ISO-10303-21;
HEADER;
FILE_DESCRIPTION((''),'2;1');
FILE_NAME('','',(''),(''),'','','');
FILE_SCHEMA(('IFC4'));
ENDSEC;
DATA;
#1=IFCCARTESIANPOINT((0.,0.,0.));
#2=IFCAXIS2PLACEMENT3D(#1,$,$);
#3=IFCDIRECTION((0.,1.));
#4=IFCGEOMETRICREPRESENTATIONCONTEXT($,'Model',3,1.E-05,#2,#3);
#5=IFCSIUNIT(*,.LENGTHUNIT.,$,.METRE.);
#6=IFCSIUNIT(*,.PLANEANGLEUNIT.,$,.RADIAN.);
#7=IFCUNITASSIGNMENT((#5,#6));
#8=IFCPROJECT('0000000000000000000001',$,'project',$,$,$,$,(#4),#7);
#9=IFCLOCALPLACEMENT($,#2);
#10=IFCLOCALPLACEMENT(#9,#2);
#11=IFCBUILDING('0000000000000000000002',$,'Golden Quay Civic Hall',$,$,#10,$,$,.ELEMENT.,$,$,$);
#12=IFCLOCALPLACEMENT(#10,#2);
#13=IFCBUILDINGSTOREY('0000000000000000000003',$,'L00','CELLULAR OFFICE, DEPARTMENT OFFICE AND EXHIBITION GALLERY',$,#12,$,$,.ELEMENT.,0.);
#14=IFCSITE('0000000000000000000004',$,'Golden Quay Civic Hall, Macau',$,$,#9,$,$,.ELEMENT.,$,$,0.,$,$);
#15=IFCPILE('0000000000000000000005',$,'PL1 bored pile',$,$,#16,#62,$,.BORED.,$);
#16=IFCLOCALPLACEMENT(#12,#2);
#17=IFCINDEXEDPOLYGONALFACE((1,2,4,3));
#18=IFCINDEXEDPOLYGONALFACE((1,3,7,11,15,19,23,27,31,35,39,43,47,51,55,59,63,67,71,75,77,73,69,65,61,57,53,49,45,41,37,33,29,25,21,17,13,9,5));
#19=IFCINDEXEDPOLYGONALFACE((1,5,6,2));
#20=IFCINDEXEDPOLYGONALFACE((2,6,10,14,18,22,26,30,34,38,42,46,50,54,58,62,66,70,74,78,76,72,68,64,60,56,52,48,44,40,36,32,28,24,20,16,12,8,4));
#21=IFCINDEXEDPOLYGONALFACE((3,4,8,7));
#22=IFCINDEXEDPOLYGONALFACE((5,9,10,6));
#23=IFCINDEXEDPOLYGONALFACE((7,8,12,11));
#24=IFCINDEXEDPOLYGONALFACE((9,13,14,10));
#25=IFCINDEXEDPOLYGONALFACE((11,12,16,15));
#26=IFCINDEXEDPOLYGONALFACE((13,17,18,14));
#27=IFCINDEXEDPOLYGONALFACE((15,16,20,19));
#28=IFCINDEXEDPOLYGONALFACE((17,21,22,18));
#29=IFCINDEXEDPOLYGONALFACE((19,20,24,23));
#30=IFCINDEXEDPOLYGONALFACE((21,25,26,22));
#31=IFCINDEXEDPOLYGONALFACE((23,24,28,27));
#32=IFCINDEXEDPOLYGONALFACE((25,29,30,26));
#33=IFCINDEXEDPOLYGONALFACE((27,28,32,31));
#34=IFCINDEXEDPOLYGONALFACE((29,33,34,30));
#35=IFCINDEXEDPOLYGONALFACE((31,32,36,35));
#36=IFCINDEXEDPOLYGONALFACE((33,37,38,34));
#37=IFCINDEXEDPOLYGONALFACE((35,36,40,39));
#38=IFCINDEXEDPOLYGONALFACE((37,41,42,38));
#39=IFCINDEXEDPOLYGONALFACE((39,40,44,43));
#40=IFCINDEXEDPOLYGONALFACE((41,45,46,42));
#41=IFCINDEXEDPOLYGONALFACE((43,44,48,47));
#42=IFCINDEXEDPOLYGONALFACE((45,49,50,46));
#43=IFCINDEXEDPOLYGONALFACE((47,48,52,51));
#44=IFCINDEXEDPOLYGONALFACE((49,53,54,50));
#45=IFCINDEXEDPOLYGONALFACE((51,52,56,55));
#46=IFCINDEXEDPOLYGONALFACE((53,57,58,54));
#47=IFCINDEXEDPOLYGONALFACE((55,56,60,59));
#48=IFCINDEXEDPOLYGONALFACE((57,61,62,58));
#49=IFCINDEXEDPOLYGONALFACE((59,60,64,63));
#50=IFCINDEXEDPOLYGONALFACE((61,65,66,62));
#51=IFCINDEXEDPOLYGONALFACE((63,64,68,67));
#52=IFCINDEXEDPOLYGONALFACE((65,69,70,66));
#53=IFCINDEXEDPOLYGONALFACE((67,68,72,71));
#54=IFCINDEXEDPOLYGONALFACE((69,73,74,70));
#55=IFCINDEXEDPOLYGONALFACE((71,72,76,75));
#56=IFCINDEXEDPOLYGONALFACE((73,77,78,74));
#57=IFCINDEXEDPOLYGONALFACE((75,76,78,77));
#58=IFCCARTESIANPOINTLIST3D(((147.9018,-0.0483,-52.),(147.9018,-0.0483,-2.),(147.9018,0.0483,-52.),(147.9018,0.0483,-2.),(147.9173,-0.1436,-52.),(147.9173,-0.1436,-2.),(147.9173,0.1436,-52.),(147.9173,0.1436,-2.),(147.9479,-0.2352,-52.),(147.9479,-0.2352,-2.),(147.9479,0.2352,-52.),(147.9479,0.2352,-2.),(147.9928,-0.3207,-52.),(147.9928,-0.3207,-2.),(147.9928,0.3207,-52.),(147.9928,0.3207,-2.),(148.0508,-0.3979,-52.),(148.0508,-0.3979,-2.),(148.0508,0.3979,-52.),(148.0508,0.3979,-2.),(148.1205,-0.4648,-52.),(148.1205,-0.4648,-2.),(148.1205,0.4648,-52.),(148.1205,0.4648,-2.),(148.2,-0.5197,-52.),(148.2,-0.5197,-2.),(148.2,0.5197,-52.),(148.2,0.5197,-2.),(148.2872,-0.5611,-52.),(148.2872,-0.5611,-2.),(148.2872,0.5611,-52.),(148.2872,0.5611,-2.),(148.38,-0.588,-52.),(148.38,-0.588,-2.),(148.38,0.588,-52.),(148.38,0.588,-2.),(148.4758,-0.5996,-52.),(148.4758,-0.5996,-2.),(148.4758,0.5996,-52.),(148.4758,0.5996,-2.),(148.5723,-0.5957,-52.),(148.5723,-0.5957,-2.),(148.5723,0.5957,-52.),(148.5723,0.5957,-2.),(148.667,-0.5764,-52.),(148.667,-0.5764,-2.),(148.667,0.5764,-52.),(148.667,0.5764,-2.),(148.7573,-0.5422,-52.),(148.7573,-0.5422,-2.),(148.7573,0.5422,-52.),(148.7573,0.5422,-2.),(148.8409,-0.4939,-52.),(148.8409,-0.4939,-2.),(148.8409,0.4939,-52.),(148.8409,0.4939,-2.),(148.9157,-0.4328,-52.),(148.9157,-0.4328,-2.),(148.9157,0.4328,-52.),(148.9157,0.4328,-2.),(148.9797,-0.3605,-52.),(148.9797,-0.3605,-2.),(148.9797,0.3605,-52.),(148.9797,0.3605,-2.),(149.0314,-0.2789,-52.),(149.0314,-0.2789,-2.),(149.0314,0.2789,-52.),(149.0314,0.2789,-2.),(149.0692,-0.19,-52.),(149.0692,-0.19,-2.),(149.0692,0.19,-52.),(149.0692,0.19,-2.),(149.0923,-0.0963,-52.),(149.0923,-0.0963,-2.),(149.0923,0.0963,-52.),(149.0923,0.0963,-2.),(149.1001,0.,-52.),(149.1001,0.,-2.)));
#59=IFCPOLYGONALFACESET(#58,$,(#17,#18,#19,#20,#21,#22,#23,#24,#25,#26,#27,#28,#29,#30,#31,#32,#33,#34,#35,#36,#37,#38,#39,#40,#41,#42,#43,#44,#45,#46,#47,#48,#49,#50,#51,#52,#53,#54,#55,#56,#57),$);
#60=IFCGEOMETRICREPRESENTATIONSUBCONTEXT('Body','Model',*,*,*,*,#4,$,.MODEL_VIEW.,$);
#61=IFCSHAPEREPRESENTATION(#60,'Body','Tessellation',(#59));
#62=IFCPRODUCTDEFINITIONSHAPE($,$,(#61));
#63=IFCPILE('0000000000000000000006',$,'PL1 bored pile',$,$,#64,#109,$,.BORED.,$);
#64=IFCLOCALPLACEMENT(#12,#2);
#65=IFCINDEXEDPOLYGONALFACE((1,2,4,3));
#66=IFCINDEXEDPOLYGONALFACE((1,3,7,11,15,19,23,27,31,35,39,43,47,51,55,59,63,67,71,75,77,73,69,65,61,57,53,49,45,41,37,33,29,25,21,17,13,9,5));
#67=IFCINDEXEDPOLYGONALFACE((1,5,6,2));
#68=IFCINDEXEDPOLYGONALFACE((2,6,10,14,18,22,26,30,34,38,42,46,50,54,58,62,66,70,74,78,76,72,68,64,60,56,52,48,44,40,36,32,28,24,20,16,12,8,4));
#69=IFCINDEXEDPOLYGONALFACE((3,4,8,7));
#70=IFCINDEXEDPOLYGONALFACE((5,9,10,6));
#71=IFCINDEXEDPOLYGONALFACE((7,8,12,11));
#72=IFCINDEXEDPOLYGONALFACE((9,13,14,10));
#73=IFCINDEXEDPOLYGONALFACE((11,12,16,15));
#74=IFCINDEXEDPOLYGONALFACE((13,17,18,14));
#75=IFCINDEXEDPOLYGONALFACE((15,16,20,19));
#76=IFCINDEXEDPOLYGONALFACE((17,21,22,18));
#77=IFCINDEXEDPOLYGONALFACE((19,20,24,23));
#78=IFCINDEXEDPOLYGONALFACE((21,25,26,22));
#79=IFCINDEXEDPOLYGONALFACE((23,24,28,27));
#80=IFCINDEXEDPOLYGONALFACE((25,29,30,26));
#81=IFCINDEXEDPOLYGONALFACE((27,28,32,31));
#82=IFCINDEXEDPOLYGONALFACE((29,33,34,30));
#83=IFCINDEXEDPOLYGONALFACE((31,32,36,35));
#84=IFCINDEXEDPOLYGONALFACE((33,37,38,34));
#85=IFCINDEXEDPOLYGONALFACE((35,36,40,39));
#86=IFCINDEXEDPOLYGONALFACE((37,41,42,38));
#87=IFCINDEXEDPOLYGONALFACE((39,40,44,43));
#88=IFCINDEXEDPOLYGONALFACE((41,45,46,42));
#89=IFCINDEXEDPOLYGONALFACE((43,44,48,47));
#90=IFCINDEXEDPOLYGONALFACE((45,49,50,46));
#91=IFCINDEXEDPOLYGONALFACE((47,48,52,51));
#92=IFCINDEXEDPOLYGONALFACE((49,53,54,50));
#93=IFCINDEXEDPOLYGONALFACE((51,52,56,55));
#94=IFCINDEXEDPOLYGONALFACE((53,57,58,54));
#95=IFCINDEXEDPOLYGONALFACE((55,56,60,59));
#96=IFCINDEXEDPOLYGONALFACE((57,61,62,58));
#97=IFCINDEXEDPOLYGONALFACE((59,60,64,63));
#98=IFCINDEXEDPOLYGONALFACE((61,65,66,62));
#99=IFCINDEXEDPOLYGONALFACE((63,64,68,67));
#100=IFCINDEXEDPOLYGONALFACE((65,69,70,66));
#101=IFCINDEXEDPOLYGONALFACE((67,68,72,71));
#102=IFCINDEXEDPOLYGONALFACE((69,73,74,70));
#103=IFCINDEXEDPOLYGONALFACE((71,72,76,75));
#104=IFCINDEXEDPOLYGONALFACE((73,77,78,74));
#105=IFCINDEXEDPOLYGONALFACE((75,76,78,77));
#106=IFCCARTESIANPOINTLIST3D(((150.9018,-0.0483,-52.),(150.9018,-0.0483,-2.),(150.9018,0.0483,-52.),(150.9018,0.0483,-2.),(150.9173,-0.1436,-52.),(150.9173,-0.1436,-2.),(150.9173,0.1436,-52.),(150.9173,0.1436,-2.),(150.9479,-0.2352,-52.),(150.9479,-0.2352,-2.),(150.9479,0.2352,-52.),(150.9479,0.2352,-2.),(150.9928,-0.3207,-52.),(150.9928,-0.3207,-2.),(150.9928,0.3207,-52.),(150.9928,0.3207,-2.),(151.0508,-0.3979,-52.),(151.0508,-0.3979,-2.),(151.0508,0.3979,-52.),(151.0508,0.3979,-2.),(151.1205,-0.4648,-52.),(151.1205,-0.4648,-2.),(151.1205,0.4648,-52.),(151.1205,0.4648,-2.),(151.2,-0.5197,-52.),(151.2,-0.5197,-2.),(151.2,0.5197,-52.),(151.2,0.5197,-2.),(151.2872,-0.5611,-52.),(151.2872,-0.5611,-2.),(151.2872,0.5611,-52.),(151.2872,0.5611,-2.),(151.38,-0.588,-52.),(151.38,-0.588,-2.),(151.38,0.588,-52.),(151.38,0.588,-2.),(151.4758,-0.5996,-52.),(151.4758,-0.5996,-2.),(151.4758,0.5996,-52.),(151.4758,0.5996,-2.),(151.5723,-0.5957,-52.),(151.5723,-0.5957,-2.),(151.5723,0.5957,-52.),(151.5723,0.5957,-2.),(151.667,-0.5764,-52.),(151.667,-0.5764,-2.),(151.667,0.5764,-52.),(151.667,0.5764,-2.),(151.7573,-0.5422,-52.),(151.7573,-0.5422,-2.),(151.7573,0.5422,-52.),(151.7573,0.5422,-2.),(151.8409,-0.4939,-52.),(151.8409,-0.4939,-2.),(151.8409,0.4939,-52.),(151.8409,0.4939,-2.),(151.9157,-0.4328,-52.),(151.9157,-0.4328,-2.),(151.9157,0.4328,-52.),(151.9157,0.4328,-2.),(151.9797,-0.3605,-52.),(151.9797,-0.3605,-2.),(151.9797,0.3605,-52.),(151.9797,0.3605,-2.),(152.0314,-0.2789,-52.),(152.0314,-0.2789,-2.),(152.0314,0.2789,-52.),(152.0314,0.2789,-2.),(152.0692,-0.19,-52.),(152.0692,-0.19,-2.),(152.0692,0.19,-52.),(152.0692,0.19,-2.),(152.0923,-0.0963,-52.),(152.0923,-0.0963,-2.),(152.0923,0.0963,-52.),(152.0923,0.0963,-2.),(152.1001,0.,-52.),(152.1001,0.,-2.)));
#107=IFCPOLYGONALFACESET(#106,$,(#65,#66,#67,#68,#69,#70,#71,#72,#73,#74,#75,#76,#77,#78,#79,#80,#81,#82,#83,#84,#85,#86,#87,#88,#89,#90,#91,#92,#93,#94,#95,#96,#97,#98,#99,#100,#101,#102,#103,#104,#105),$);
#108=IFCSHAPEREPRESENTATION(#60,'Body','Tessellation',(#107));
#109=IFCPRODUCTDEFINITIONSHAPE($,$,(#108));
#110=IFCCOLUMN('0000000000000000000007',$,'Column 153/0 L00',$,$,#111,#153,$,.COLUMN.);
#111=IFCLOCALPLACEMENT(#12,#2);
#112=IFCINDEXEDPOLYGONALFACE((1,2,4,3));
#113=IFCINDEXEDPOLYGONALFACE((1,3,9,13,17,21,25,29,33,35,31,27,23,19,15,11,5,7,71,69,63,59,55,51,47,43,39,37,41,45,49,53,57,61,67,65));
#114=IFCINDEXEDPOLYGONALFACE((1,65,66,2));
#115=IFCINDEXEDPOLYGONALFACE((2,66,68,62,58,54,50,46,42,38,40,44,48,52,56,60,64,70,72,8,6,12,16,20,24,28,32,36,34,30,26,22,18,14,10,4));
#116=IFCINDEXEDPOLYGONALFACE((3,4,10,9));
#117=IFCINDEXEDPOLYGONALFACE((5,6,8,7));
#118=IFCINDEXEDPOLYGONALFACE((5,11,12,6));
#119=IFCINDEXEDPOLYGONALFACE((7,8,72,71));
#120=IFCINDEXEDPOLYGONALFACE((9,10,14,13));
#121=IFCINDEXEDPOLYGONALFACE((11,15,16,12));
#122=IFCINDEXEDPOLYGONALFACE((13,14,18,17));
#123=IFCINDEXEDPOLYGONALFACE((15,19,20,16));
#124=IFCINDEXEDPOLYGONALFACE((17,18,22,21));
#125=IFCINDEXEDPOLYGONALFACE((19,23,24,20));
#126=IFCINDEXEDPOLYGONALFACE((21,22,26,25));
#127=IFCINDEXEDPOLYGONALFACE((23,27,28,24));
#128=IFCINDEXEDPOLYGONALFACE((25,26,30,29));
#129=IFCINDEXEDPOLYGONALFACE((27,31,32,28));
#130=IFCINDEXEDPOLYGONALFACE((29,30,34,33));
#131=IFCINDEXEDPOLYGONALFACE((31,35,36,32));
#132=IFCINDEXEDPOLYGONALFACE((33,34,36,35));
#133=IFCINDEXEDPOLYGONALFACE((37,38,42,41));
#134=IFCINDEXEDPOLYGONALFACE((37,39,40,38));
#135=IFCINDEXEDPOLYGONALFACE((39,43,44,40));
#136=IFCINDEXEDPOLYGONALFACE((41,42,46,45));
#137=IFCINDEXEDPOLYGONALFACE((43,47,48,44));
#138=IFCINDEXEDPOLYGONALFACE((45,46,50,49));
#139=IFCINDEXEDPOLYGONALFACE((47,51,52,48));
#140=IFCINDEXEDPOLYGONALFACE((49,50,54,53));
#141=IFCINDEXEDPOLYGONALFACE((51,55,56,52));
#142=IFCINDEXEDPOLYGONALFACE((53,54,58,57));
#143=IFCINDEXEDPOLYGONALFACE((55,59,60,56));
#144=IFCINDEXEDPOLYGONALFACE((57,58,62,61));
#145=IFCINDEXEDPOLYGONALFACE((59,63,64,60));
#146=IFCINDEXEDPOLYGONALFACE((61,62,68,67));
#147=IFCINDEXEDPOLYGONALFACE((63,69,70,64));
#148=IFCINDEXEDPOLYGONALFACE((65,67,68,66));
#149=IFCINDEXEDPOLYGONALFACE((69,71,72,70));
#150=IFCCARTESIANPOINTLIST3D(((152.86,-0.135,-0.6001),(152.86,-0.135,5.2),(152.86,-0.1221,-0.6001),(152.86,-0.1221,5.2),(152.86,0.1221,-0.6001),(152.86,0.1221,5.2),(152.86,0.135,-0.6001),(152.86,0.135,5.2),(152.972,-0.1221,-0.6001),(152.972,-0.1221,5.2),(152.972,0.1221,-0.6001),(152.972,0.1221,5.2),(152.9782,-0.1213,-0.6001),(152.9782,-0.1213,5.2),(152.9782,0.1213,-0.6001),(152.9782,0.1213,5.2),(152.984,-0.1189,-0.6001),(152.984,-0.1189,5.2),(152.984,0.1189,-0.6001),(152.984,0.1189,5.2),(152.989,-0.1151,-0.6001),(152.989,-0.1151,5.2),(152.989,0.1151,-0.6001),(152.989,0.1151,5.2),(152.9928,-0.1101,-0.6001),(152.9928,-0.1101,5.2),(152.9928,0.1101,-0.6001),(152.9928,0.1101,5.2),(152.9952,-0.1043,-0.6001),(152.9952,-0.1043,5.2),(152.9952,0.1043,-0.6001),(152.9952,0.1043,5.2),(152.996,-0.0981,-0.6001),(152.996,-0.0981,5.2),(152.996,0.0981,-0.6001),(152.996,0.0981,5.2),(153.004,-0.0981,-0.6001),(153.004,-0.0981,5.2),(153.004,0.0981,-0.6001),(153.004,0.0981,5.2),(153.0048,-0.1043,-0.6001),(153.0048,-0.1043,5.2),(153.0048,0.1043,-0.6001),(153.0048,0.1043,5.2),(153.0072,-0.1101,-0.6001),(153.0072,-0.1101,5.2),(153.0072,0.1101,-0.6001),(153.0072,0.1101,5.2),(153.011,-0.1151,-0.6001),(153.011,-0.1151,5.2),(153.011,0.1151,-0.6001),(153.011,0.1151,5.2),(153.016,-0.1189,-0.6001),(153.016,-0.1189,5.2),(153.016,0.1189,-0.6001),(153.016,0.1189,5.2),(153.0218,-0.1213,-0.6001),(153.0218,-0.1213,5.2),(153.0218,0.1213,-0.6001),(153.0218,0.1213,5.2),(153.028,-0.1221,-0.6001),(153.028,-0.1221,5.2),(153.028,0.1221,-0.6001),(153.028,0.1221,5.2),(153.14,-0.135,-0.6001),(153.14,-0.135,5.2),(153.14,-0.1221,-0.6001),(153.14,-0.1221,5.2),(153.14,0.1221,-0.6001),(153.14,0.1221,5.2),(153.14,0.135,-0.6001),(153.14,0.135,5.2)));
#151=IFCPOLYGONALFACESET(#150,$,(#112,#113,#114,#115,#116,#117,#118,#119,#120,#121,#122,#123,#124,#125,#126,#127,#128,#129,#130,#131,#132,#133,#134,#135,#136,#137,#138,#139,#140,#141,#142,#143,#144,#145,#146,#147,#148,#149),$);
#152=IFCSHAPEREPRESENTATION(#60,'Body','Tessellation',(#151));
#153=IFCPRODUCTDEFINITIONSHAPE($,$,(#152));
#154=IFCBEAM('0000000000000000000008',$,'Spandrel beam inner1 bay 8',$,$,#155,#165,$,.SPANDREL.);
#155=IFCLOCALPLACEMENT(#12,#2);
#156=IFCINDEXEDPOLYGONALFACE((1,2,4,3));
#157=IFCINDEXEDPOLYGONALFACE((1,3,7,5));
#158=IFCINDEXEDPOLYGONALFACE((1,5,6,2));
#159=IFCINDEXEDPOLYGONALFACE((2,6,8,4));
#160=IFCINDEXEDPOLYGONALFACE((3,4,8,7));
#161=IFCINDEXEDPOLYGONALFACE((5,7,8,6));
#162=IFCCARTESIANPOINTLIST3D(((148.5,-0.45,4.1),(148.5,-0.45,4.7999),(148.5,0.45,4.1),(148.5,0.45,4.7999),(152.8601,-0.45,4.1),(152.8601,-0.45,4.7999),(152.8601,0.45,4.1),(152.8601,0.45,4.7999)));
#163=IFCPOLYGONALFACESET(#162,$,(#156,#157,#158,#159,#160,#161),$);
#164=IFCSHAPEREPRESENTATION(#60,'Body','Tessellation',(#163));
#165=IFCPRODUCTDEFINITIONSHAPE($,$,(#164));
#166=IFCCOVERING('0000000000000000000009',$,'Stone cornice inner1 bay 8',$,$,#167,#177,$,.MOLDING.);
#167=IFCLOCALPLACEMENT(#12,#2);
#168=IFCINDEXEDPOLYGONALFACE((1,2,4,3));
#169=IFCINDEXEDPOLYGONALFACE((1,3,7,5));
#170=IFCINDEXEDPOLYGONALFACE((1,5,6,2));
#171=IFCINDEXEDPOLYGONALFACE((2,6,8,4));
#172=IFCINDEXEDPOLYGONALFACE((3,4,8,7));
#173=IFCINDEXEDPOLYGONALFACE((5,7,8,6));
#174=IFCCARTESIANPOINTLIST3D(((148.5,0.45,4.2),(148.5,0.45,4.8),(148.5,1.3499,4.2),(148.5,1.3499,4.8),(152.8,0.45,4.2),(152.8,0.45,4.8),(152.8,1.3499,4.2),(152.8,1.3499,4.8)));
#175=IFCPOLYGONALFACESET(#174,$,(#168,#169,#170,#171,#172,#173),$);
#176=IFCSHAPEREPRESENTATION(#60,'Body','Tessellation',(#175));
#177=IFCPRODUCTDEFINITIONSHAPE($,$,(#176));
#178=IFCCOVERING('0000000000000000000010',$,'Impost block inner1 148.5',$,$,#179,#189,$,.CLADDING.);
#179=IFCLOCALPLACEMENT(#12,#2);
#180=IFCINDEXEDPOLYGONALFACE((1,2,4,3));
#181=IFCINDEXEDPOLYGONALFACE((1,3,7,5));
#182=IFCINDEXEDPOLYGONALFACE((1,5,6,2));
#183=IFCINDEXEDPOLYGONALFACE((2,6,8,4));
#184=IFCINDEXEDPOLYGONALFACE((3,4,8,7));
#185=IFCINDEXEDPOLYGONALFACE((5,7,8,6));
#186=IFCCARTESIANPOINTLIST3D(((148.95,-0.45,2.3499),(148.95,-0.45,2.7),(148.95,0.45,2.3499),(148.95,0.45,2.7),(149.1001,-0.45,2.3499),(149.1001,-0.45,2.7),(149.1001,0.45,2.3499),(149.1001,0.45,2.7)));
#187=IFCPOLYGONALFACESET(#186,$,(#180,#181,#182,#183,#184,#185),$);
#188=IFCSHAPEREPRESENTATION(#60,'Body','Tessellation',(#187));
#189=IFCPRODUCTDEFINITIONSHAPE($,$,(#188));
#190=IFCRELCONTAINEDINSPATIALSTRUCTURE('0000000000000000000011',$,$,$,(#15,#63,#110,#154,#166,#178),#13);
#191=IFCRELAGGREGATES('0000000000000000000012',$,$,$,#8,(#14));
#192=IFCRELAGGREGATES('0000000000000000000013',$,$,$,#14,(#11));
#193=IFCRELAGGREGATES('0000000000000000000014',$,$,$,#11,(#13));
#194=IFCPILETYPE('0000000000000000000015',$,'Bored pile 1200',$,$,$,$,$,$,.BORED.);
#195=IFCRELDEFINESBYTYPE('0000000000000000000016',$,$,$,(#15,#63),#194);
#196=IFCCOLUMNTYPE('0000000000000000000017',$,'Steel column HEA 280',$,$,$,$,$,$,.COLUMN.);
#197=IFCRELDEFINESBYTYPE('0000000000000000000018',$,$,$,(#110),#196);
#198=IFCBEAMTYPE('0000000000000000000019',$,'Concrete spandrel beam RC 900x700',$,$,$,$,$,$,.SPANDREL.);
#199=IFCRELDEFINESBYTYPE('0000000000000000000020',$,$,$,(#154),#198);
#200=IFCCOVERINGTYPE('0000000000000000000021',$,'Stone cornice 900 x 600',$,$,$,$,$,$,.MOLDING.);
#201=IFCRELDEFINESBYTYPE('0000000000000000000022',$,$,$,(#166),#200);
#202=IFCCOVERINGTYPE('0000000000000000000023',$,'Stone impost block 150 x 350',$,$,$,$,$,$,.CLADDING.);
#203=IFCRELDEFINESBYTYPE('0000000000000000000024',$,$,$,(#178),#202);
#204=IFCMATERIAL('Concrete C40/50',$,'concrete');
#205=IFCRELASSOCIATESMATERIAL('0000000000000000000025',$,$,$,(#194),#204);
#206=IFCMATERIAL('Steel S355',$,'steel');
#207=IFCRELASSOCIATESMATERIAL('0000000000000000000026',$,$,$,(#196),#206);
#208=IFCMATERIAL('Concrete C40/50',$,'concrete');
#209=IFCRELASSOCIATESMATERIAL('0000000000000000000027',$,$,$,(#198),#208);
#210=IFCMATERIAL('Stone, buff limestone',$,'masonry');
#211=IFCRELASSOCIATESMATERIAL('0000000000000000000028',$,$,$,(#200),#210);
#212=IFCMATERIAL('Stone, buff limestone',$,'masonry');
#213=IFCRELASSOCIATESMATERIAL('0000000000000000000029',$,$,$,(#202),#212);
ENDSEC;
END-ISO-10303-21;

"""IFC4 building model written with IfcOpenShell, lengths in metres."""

from ifc_helpers import new_model, si_unit, direction, frame, origin, origin_2d, place, context, subcontext, project, spatial, rectangle, circle, i_section, extrude, material, material_profile, profile_set, type_object, element, save


model = new_model("IFC4")

# Units and contexts
model_context = context("Model", 3, precision=1e-05, world=origin(), true_north=direction((0.0, 1.0)))
body_context = subcontext(model_context, "Body", "Model", "MODEL_VIEW")
ifc_project = project(units=[si_unit("LENGTHUNIT", "METRE"), si_unit("PLANEANGLEUNIT", "RADIAN")], contexts=[model_context])

# Site, building, storey
site_placement = place(None, origin())
site = spatial("IfcSite", under=ifc_project, at=site_placement, Name="Golden Quay Civic Hall, Macau", CompositionType="ELEMENT", RefElevation=0.0)
building_placement = place(site_placement, origin())
building = spatial("IfcBuilding", under=site, at=building_placement, Name="Golden Quay Civic Hall", CompositionType="ELEMENT")
storey_placement = place(building_placement, origin())
storey = spatial("IfcBuildingStorey", under=building, at=storey_placement, Name="L00", Description="CELLULAR OFFICE, DEPARTMENT OFFICE AND EXHIBITION GALLERY", CompositionType="ELEMENT", Elevation=0.0)

# Piles
ifc_material_1 = material(Name="Concrete C40/50", Category="concrete")
ifc_material_profile_1 = material_profile(ifc_material_1, circle(Radius=0.6001, at=origin_2d()), Name="RC D1200")
ifc_profile_set_1 = profile_set([ifc_material_profile_1], Name="Concrete C40/50")
pile_type = type_object("IfcPileType", Name="Bored pile 1200", PredefinedType="BORED", material=ifc_profile_set_1)
for number, where, z_axis, x_axis, name in (
    (1, (148.5, 0.0, -2.0), (0.0, 0.0, -1.0), (1.0, 0.0, 0.0), "PL1 bored pile"),
    (2, (151.5, 0.0, -2.0), (0.0, 0.0, -1.0), (1.0, 0.0, 0.0), "PL1 bored pile"),
):
    element("IfcPile", number, at=place(storey_placement, frame(where, z_axis=z_axis, x_axis=x_axis)), inside=storey, type_object=pile_type, Name=name, PredefinedType="BORED", context=body_context, shape_type="SweptSolid", body=[
        extrude(circle(Radius=0.6001, at=origin_2d()), origin(), (0.0, 0.0, 1.0), 50.0),
    ])

# Column
ifc_material_2 = material(Name="Steel S355", Category="steel")
ifc_material_profile_2 = material_profile(ifc_material_2, i_section(OverallWidth=0.28, OverallDepth=0.27, WebThickness=0.0081, FlangeThickness=0.0129, FilletRadius=0.0239, at=origin_2d()), Name="HEA 280")
ifc_profile_set_2 = profile_set([ifc_material_profile_2], Name="Steel S355")
column_type = type_object("IfcColumnType", Name="Steel column HEA 280", PredefinedType="COLUMN", material=ifc_profile_set_2)
column_placement = place(storey_placement, frame((153.0, 0.0, -0.6001), z_axis=(0.0, 0.0, 1.0), x_axis=(1.0, 0.0, 0.0)))
element("IfcColumn", 3, at=column_placement, inside=storey, type_object=column_type, Name="Column 153/0 L00", PredefinedType="COLUMN", context=body_context, shape_type="SweptSolid", body=[
    extrude(i_section(OverallWidth=0.28, OverallDepth=0.27, WebThickness=0.0081, FlangeThickness=0.0129, FilletRadius=0.0239, at=origin_2d()), origin(), (0.0, 0.0, 1.0), 5.8),
])

# Beam
ifc_material_3 = material(Name="Concrete C40/50", Category="concrete")
ifc_material_profile_3 = material_profile(ifc_material_3, rectangle(XDim=0.8999, YDim=0.7, at=origin_2d()), Name="RC 900x700")
ifc_profile_set_3 = profile_set([ifc_material_profile_3], Name="Concrete C40/50")
beam_type = type_object("IfcBeamType", Name="Concrete spandrel beam RC 900x700", PredefinedType="SPANDREL", material=ifc_profile_set_3)
beam_placement = place(storey_placement, frame((148.5, 0.0, 4.45), z_axis=(1.0, 0.0, 0.0), x_axis=(0.0, 1.0, 0.0)))
element("IfcBeam", 4, at=beam_placement, inside=storey, type_object=beam_type, Name="Spandrel beam inner1 bay 8", PredefinedType="SPANDREL", context=body_context, shape_type="SweptSolid", body=[
    extrude(rectangle(XDim=0.8999, YDim=0.7, at=origin_2d()), origin(), (0.0, 0.0, 1.0), 4.3601),
])

# Coverings
ifc_material_4 = material(Name="Stone, buff limestone", Category="masonry")
ifc_material_profile_4 = material_profile(ifc_material_4, rectangle(XDim=0.8999, YDim=0.6001, at=origin_2d()), Name="RC 900x600")
ifc_profile_set_4 = profile_set([ifc_material_profile_4], Name="Stone, buff limestone")
covering_type_1 = type_object("IfcCoveringType", Name="Stone cornice 900 x 600", PredefinedType="MOLDING", material=ifc_profile_set_4)
covering_1_placement = place(storey_placement, frame((148.5, 0.8999, 4.5), z_axis=(1.0, 0.0, 0.0), x_axis=(0.0, 1.0, 0.0)))
element("IfcCovering", 5, at=covering_1_placement, inside=storey, type_object=covering_type_1, Name="Stone cornice inner1 bay 8", PredefinedType="MOLDING", context=body_context, shape_type="SweptSolid", body=[
    extrude(rectangle(XDim=0.8999, YDim=0.6001, at=origin_2d()), origin(), (0.0, 0.0, 1.0), 4.3),
])
ifc_material_5 = material(Name="Stone, buff limestone", Category="masonry")
ifc_material_profile_5 = material_profile(ifc_material_5, rectangle(XDim=0.8999, YDim=0.3501, at=origin_2d()), Name="RC 900x350")
ifc_profile_set_5 = profile_set([ifc_material_profile_5], Name="Stone, buff limestone")
covering_type_2 = type_object("IfcCoveringType", Name="Stone impost block 150 x 350", PredefinedType="CLADDING", material=ifc_profile_set_5)
covering_2_placement = place(storey_placement, frame((148.95, 0.0, 2.5249), z_axis=(1.0, 0.0, 0.0), x_axis=(0.0, 1.0, 0.0)))
element("IfcCovering", 6, at=covering_2_placement, inside=storey, type_object=covering_type_2, Name="Impost block inner1 148.5", PredefinedType="CLADDING", context=body_context, shape_type="SweptSolid", body=[
    extrude(rectangle(XDim=0.8999, YDim=0.3501, at=origin_2d()), origin(), (0.0, 0.0, 1.0), 0.1501),
])

save(model, "model.ifc")
